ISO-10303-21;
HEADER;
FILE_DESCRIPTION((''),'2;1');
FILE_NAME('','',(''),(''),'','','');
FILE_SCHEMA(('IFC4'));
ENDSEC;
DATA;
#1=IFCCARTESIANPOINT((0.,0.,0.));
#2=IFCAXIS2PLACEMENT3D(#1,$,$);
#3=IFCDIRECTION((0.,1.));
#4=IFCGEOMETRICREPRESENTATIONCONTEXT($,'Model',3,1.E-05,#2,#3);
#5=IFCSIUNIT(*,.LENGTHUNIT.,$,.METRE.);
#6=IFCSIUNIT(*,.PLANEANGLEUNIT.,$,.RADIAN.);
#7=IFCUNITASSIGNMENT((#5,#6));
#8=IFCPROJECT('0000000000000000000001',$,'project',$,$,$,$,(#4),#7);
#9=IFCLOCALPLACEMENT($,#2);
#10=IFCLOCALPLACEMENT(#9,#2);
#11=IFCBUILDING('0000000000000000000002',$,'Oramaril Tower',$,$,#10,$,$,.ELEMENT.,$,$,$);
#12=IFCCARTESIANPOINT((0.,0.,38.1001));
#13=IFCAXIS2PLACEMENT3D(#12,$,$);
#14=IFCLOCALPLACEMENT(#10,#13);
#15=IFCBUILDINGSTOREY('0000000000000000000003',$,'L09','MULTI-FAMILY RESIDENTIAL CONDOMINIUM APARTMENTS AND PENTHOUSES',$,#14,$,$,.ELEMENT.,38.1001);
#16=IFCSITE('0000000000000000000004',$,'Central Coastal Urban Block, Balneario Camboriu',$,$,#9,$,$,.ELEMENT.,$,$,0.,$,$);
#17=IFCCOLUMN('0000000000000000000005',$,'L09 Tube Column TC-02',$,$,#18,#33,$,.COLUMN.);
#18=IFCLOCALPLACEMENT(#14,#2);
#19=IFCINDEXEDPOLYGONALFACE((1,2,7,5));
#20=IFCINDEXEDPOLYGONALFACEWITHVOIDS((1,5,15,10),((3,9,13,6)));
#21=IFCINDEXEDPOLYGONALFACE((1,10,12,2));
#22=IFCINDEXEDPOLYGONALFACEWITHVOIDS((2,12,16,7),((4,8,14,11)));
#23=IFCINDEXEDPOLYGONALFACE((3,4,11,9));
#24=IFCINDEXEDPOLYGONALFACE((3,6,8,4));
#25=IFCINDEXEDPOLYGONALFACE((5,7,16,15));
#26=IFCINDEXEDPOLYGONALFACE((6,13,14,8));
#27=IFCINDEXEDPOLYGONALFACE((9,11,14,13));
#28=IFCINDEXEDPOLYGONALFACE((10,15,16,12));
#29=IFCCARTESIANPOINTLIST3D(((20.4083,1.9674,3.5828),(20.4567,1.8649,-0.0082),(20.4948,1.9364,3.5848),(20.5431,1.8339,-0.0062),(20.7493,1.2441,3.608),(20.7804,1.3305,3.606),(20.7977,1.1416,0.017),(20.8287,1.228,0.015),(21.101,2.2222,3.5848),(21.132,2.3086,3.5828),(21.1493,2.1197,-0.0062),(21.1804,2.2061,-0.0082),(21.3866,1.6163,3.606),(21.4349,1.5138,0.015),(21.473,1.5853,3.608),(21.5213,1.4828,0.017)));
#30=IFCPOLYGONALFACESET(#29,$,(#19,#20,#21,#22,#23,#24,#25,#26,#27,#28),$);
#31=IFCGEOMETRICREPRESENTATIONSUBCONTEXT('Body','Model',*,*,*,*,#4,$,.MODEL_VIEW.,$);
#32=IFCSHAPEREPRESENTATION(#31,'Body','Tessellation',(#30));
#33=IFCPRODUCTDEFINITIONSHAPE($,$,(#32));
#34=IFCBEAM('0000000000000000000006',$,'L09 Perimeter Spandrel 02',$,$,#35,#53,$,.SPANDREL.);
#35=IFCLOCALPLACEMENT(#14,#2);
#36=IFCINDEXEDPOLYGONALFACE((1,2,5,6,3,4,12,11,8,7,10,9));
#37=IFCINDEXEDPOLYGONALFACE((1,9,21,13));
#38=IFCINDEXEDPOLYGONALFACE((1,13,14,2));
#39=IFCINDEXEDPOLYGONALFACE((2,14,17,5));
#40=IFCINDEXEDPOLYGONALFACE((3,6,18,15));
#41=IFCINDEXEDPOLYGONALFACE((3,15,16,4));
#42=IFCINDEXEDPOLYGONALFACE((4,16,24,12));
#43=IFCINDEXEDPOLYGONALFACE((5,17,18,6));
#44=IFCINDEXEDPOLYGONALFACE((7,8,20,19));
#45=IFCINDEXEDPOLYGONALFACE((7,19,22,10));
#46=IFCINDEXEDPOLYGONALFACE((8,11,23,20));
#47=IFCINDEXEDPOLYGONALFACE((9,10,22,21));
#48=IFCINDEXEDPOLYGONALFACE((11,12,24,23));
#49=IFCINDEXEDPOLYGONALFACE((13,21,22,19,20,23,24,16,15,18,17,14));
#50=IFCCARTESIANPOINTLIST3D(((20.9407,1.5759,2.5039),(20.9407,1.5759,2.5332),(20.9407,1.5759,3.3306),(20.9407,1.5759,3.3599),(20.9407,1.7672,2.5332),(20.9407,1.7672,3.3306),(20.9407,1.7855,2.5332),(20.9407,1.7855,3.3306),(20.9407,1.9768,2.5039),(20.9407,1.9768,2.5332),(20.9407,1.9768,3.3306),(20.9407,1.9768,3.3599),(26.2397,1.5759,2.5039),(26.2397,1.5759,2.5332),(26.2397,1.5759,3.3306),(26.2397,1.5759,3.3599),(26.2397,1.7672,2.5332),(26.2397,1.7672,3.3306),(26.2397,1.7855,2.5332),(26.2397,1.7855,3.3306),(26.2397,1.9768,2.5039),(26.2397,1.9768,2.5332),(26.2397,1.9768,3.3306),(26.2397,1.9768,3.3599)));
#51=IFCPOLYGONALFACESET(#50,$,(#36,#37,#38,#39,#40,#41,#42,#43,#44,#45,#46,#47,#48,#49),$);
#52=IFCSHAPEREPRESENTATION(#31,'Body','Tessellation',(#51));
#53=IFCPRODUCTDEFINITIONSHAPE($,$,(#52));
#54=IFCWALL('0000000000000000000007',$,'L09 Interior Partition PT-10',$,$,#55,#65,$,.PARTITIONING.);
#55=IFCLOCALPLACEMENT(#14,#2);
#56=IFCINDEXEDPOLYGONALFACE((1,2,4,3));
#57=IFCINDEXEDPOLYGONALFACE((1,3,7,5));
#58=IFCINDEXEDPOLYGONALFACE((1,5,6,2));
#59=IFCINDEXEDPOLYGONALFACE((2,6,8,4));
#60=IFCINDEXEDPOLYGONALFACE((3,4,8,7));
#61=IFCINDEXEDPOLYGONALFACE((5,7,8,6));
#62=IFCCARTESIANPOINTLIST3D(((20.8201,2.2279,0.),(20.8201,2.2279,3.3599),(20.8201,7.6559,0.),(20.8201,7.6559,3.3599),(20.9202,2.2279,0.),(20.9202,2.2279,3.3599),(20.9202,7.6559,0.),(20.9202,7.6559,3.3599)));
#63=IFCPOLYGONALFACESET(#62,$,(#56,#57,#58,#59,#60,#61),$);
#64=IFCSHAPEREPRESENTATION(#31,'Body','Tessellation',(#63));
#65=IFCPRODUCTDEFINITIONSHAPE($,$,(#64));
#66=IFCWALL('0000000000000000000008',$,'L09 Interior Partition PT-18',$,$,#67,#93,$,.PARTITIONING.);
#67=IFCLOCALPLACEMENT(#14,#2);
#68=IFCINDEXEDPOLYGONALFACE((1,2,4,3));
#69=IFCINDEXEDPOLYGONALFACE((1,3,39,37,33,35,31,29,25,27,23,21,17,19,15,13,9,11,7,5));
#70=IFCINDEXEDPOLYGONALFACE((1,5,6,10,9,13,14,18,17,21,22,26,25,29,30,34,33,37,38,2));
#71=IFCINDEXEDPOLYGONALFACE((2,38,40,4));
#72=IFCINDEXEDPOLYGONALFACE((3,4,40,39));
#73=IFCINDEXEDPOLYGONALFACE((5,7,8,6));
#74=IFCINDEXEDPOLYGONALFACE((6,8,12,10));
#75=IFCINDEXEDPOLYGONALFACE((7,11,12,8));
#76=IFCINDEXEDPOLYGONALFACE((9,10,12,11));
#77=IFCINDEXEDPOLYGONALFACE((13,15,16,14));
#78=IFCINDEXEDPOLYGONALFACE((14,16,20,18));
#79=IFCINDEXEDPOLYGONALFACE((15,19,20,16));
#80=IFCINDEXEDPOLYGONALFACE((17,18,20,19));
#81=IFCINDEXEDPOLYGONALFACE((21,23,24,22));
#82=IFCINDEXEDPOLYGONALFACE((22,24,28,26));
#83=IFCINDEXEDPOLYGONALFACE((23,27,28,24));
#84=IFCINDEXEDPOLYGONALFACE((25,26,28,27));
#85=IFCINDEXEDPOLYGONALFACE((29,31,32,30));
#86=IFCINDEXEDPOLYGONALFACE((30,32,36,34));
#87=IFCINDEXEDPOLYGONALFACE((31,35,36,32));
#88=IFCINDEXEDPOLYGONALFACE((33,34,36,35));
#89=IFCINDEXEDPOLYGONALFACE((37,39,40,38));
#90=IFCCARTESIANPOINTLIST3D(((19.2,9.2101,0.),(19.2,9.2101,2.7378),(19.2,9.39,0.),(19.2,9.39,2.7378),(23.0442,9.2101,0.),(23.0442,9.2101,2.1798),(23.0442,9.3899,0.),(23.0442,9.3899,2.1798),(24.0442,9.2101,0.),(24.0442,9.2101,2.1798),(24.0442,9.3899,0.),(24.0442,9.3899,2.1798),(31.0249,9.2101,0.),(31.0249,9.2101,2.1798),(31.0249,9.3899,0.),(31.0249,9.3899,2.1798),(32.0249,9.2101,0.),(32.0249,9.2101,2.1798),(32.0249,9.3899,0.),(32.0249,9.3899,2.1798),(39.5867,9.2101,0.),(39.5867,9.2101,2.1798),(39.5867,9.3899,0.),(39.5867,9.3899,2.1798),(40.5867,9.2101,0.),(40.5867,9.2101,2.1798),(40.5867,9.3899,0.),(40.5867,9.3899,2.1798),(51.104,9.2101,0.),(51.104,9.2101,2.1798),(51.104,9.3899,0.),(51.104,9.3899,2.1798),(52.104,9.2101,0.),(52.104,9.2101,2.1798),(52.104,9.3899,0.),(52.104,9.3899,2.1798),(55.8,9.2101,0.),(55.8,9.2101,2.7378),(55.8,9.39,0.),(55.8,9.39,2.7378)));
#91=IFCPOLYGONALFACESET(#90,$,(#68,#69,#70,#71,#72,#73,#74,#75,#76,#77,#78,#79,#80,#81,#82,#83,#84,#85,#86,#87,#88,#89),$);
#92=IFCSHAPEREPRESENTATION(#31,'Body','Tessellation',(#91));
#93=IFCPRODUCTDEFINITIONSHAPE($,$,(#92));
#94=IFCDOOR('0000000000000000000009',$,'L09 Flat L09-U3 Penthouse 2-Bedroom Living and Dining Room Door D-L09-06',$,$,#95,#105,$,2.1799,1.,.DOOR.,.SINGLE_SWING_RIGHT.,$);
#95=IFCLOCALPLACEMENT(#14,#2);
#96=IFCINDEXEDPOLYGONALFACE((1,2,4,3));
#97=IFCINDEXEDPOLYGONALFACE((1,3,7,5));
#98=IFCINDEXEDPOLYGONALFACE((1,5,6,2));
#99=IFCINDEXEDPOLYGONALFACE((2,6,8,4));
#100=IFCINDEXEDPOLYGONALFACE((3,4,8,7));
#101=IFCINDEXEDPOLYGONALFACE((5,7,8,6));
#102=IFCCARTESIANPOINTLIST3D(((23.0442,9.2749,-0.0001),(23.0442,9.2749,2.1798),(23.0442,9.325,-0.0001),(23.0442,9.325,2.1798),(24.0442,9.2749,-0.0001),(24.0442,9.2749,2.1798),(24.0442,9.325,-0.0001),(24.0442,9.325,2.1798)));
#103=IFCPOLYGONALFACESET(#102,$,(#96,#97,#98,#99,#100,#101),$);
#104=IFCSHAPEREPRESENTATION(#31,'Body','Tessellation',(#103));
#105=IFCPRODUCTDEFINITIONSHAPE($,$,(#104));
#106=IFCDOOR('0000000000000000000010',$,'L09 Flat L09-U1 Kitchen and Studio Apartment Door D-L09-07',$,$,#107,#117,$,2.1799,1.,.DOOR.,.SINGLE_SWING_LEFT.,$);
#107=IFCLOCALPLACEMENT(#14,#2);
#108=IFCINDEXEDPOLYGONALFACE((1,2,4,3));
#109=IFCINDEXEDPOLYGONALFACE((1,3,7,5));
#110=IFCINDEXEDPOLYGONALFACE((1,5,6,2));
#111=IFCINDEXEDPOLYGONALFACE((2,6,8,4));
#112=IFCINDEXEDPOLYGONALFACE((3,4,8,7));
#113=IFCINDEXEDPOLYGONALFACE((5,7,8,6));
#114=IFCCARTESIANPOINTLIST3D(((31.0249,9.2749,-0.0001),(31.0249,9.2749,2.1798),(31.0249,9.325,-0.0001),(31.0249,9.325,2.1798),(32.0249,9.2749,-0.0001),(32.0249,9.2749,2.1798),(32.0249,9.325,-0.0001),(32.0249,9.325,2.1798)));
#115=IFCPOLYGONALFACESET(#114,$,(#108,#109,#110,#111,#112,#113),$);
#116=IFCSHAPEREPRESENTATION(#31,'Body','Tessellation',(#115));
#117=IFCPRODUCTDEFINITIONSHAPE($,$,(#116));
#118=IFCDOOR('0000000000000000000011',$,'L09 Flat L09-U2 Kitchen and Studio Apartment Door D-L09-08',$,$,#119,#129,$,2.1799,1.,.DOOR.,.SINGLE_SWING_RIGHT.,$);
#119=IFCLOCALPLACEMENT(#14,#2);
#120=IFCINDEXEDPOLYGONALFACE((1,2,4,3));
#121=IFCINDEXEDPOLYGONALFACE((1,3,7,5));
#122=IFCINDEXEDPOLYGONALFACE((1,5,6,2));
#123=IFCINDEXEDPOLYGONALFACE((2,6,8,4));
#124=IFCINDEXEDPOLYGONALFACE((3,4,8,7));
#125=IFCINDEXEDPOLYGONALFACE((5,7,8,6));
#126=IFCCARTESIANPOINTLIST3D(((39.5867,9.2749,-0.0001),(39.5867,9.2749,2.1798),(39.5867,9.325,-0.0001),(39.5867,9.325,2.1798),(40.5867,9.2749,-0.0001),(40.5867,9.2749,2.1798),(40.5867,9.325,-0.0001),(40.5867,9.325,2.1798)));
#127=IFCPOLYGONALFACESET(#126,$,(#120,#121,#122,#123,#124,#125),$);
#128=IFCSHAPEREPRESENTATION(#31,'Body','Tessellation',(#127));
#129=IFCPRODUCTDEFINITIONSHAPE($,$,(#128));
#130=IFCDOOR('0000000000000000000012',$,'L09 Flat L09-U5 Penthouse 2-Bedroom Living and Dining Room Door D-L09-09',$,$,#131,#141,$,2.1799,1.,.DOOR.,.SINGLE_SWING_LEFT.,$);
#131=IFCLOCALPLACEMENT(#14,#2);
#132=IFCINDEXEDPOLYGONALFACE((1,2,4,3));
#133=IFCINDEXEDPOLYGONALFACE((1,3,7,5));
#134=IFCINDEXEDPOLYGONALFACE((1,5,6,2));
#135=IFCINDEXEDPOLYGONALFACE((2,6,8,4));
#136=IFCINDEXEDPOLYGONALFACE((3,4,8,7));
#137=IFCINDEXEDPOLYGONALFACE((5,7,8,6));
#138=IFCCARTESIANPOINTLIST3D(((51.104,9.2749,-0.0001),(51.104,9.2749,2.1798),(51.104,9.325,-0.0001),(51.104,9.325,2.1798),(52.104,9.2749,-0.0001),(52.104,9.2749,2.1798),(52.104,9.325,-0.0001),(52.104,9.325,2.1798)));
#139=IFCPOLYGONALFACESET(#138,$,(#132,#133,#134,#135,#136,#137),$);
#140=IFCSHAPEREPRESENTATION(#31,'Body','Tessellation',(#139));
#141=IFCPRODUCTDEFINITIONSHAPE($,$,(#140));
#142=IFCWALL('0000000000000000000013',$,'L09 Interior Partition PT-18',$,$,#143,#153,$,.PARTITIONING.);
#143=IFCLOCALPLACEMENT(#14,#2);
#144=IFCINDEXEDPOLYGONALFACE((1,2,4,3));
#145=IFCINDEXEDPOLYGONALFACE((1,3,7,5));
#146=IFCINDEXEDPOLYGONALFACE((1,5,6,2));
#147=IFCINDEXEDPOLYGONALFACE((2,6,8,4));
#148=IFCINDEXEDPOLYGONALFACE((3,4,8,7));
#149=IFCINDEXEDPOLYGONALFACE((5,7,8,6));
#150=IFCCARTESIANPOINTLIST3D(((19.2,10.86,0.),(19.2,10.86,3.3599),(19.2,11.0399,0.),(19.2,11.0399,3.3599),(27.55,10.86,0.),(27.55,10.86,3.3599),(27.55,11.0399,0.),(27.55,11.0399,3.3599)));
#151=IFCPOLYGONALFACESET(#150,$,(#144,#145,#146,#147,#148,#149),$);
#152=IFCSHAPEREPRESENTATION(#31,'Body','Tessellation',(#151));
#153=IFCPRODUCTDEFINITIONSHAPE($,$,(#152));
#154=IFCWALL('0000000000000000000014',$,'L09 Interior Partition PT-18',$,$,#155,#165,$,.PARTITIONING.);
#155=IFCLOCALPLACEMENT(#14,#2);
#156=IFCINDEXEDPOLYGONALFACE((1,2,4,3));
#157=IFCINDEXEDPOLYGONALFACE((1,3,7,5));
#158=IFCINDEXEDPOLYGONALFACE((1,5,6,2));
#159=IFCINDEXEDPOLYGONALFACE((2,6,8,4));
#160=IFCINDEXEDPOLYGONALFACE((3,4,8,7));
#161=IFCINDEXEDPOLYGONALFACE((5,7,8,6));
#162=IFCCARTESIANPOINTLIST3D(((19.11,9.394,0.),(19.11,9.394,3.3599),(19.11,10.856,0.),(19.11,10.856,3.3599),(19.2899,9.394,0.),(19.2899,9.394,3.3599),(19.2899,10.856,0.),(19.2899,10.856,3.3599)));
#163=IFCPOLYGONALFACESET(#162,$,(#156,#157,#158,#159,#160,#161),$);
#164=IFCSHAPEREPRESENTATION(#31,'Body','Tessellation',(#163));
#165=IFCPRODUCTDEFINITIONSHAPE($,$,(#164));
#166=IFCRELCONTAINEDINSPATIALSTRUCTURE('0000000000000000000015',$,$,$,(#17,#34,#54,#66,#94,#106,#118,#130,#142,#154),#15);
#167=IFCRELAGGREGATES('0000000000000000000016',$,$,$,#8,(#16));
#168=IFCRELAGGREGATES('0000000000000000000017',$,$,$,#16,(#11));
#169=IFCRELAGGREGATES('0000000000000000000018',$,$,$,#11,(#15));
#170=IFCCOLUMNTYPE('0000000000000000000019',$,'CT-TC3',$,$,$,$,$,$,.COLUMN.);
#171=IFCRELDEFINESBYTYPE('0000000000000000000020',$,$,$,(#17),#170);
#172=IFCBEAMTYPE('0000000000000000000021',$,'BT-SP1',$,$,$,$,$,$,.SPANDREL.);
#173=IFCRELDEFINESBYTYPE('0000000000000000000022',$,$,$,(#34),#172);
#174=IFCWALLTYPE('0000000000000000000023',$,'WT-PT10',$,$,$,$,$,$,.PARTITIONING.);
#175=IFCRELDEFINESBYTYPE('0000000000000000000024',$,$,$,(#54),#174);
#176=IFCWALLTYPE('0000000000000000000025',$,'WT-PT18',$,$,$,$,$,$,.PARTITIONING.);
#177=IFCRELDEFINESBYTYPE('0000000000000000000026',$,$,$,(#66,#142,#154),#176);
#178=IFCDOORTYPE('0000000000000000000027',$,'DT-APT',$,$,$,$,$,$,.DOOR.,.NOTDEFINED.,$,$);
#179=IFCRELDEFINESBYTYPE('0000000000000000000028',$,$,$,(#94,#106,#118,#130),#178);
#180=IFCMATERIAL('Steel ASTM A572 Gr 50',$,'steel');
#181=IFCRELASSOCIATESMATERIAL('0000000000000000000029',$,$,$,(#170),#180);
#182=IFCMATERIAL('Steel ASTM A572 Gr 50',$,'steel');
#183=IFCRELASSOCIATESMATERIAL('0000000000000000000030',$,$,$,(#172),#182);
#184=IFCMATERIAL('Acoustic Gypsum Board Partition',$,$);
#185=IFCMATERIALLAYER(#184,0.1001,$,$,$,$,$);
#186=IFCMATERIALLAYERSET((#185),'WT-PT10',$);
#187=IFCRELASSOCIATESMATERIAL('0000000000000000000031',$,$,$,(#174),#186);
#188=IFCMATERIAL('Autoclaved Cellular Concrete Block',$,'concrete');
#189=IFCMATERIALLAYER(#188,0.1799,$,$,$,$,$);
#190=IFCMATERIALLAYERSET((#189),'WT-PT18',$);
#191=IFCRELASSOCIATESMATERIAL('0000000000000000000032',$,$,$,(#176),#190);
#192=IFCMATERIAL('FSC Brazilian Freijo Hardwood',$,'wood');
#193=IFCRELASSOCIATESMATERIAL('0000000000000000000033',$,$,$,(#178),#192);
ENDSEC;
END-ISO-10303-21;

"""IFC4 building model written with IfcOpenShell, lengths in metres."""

from ifc_helpers import new_model, si_unit, direction, frame, frame_2d, origin, origin_2d, place, context, subcontext, project, spatial, rectangle, hollow_rectangle, i_section, extrude, material, layer, layer_set, material_profile, profile_set, type_object, element, fill, save


model = new_model("IFC4")

# Units and contexts
model_context = context("Model", 3, precision=1e-05, world=origin(), true_north=direction((0.0, 1.0)))
body_context = subcontext(model_context, "Body", "Model", "MODEL_VIEW")
ifc_project = project(units=[si_unit("LENGTHUNIT", "METRE"), si_unit("PLANEANGLEUNIT", "RADIAN")], contexts=[model_context])

# Site, building, storey
site_placement = place(None, origin())
site = spatial("IfcSite", under=ifc_project, at=site_placement, Name="Central Coastal Urban Block, Balneario Camboriu", CompositionType="ELEMENT", RefElevation=0.0)
building_placement = place(site_placement, origin())
building = spatial("IfcBuilding", under=site, at=building_placement, Name="Oramaril Tower", CompositionType="ELEMENT")
storey_placement = place(building_placement, frame((0.0, 0.0, 38.1001)))
storey = spatial("IfcBuildingStorey", under=building, at=storey_placement, Name="L09", Description="MULTI-FAMILY RESIDENTIAL CONDOMINIUM APARTMENTS AND PENTHOUSES", CompositionType="ELEMENT", Elevation=38.1001)

# Column
ifc_material_1 = material(Name="Steel ASTM A572 Gr 50", Category="steel")
ifc_material_profile_1 = material_profile(ifc_material_1, hollow_rectangle(XDim=0.8, YDim=0.8, WallThickness=0.0649, at=origin_2d()), Name="BOX800X800X65")
ifc_profile_set_1 = profile_set([ifc_material_profile_1], Name="Steel ASTM A572 Gr 50")
column_type = type_object("IfcColumnType", Name="CT-TC3", PredefinedType="COLUMN", material=ifc_profile_set_1)
column_placement = place(storey_placement, frame((20.989, 1.6738, 0.0044), z_axis=(-0.013454, 0.02854, 0.999502), x_axis=(-0.904526, -0.426419, 0.0)))
element("IfcColumn", 1, at=column_placement, inside=storey, type_object=column_type, Name="L09 Tube Column TC-02", PredefinedType="COLUMN", context=body_context, shape_type="SweptSolid", body=[
    extrude(hollow_rectangle(XDim=0.8, YDim=0.8, WallThickness=0.0649, at=origin_2d()), origin(), (0.0, 0.0, 1.0), 3.5928),
])

# Beam
ifc_material_2 = material(Name="Steel ASTM A572 Gr 50", Category="steel")
ifc_material_profile_2 = material_profile(ifc_material_2, i_section(OverallWidth=0.4009, OverallDepth=0.856, WebThickness=0.0183, FlangeThickness=0.0293, at=origin_2d()), Name="W33X201")
ifc_profile_set_2 = profile_set([ifc_material_profile_2], Name="Steel ASTM A572 Gr 50")
beam_type = type_object("IfcBeamType", Name="BT-SP1", PredefinedType="SPANDREL", material=ifc_profile_set_2)
beam_placement = place(storey_placement, frame((20.9407, 1.7764, 2.9319), z_axis=(1.0, 0.0, 0.0), x_axis=(0.0, 1.0, 0.0)))
element("IfcBeam", 2, at=beam_placement, inside=storey, type_object=beam_type, Name="L09 Perimeter Spandrel 02", PredefinedType="SPANDREL", context=body_context, shape_type="SweptSolid", body=[
    extrude(i_section(OverallWidth=0.4009, OverallDepth=0.856, WebThickness=0.0183, FlangeThickness=0.0293, at=origin_2d()), origin(), (0.0, 0.0, 1.0), 5.2991),
])

# Wall
ifc_material_3 = material(Name="Acoustic Gypsum Board Partition")
ifc_layer_1 = layer(ifc_material_3, 0.1001)
ifc_layer_set_1 = layer_set([ifc_layer_1], Name="WT-PT10")
wall_type_1 = type_object("IfcWallType", Name="WT-PT10", PredefinedType="PARTITIONING", material=ifc_layer_set_1)
wall_1_placement = place(storey_placement, frame((20.8701, 2.228, 0.0), z_axis=(0.0, 0.0, 1.0), x_axis=(0.0, 1.0, 0.0)))
element("IfcWall", 3, at=wall_1_placement, inside=storey, type_object=wall_type_1, Name="L09 Interior Partition PT-10", PredefinedType="PARTITIONING", context=body_context, shape_type="SweptSolid", body=[
    extrude(rectangle(XDim=5.428, YDim=0.1001, at=frame_2d((2.7139, 0.0))), origin(), (0.0, 0.0, 1.0), 3.3599),
])

# Wall, openings, doors
ifc_material_4 = material(Name="Autoclaved Cellular Concrete Block", Category="concrete")
ifc_layer_2 = layer(ifc_material_4, 0.1799)
ifc_layer_set_2 = layer_set([ifc_layer_2], Name="WT-PT18")
wall_type_2 = type_object("IfcWallType", Name="WT-PT18", PredefinedType="PARTITIONING", material=ifc_layer_set_2)
wall_2_placement = place(storey_placement, frame((19.2, 9.3, 0.0), z_axis=(0.0, 0.0, 1.0), x_axis=(1.0, 0.0, 0.0)))
wall_2 = element("IfcWall", 4, at=wall_2_placement, inside=storey, type_object=wall_type_2, Name="L09 Interior Partition PT-18", PredefinedType="PARTITIONING", context=body_context, shape_type="SweptSolid", body=[
    extrude(rectangle(XDim=36.6001, YDim=0.1799, at=frame_2d((18.3, 0.0))), origin(), (0.0, 0.0, 1.0), 2.7378),
])
opening_1_placement = place(wall_2_placement, frame((3.8442, 0.0, 0.0)))
opening_1 = element("IfcOpeningElement", 5, at=opening_1_placement, cuts=wall_2, PredefinedType="OPENING", context=body_context, shape_type="SweptSolid", body=[
    extrude(rectangle(XDim=1.0, YDim=2.1799, at=frame_2d((0.5, 1.0898))), frame((0.0, 0.0898, 0.0), z_axis=(0.0, -1.0, 0.0), x_axis=(1.0, 0.0, 0.0)), (0.0, 0.0, 1.0), 0.1799),
])
opening_2_placement = place(wall_2_placement, frame((11.825, 0.0, 0.0)))
opening_2 = element("IfcOpeningElement", 6, at=opening_2_placement, cuts=wall_2, PredefinedType="OPENING", context=body_context, shape_type="SweptSolid", body=[
    extrude(rectangle(XDim=1.0, YDim=2.1799, at=frame_2d((0.5, 1.0898))), frame((0.0, 0.0898, 0.0), z_axis=(0.0, -1.0, 0.0), x_axis=(1.0, 0.0, 0.0)), (0.0, 0.0, 1.0), 0.1799),
])
opening_3_placement = place(wall_2_placement, frame((20.3867, 0.0, 0.0)))
opening_3 = element("IfcOpeningElement", 7, at=opening_3_placement, cuts=wall_2, PredefinedType="OPENING", context=body_context, shape_type="SweptSolid", body=[
    extrude(rectangle(XDim=1.0, YDim=2.1799, at=frame_2d((0.5, 1.0898))), frame((0.0, 0.0898, 0.0), z_axis=(0.0, -1.0, 0.0), x_axis=(1.0, 0.0, 0.0)), (0.0, 0.0, 1.0), 0.1799),
])
opening_4_placement = place(wall_2_placement, frame((31.9041, 0.0, 0.0)))
opening_4 = element("IfcOpeningElement", 8, at=opening_4_placement, cuts=wall_2, PredefinedType="OPENING", context=body_context, shape_type="SweptSolid", body=[
    extrude(rectangle(XDim=1.0, YDim=2.1799, at=frame_2d((0.5, 1.0898))), frame((0.0, 0.0898, 0.0), z_axis=(0.0, -1.0, 0.0), x_axis=(1.0, 0.0, 0.0)), (0.0, 0.0, 1.0), 0.1799),
])
ifc_material_5 = material(Name="FSC Brazilian Freijo Hardwood", Category="wood")
door_type_1 = type_object("IfcDoorType", Name="DT-APT", OperationType="NOTDEFINED", PredefinedType="DOOR", material=ifc_material_5)
door_1_placement = place(opening_1_placement, origin())
door_1 = element("IfcDoor", 9, at=door_1_placement, inside=storey, type_object=door_type_1, Name="L09 Flat L09-U3 Penthouse 2-Bedroom Living and Dining Room Door D-L09-06", OperationType="SINGLE_SWING_RIGHT", OverallHeight=2.1799, OverallWidth=1.0, PredefinedType="DOOR", context=body_context, shape_type="SweptSolid", body=[
    extrude(rectangle(XDim=1.0, YDim=2.1799, at=frame_2d((0.5, 1.0898))), frame((0.0, 0.0249, 0.0), z_axis=(0.0, -1.0, 0.0), x_axis=(1.0, 0.0, 0.0)), (0.0, 0.0, 1.0), 0.05),
])
fill(opening_1, door_1)
door_2_placement = place(opening_2_placement, origin())
door_2 = element("IfcDoor", 10, at=door_2_placement, inside=storey, type_object=door_type_1, Name="L09 Flat L09-U1 Kitchen and Studio Apartment Door D-L09-07", OperationType="SINGLE_SWING_LEFT", OverallHeight=2.1799, OverallWidth=1.0, PredefinedType="DOOR", context=body_context, shape_type="SweptSolid", body=[
    extrude(rectangle(XDim=1.0, YDim=2.1799, at=frame_2d((0.5, 1.0898))), frame((0.0, 0.0249, 0.0), z_axis=(0.0, -1.0, 0.0), x_axis=(1.0, 0.0, 0.0)), (0.0, 0.0, 1.0), 0.05),
])
fill(opening_2, door_2)
door_3_placement = place(opening_3_placement, origin())
door_3 = element("IfcDoor", 11, at=door_3_placement, inside=storey, type_object=door_type_1, Name="L09 Flat L09-U2 Kitchen and Studio Apartment Door D-L09-08", OperationType="SINGLE_SWING_RIGHT", OverallHeight=2.1799, OverallWidth=1.0, PredefinedType="DOOR", context=body_context, shape_type="SweptSolid", body=[
    extrude(rectangle(XDim=1.0, YDim=2.1799, at=frame_2d((0.5, 1.0898))), frame((0.0, 0.0249, 0.0), z_axis=(0.0, -1.0, 0.0), x_axis=(1.0, 0.0, 0.0)), (0.0, 0.0, 1.0), 0.05),
])
fill(opening_3, door_3)
door_4_placement = place(opening_4_placement, origin())
door_4 = element("IfcDoor", 12, at=door_4_placement, inside=storey, type_object=door_type_1, Name="L09 Flat L09-U5 Penthouse 2-Bedroom Living and Dining Room Door D-L09-09", OperationType="SINGLE_SWING_LEFT", OverallHeight=2.1799, OverallWidth=1.0, PredefinedType="DOOR", context=body_context, shape_type="SweptSolid", body=[
    extrude(rectangle(XDim=1.0, YDim=2.1799, at=frame_2d((0.5, 1.0898))), frame((0.0, 0.0249, 0.0), z_axis=(0.0, -1.0, 0.0), x_axis=(1.0, 0.0, 0.0)), (0.0, 0.0, 1.0), 0.05),
])
fill(opening_4, door_4)

# Walls
wall_3_placement = place(storey_placement, frame((19.2, 10.95, 0.0), z_axis=(0.0, 0.0, 1.0), x_axis=(1.0, 0.0, 0.0)))
element("IfcWall", 13, at=wall_3_placement, inside=storey, type_object=wall_type_2, Name="L09 Interior Partition PT-18", PredefinedType="PARTITIONING", context=body_context, shape_type="SweptSolid", body=[
    extrude(rectangle(XDim=8.3501, YDim=0.1799, at=frame_2d((4.175, 0.0))), origin(), (0.0, 0.0, 1.0), 3.3599),
])
wall_4_placement = place(storey_placement, frame((19.2, 9.394, 0.0), z_axis=(0.0, 0.0, 1.0), x_axis=(0.0, 1.0, 0.0)))
element("IfcWall", 14, at=wall_4_placement, inside=storey, type_object=wall_type_2, Name="L09 Interior Partition PT-18", PredefinedType="PARTITIONING", context=body_context, shape_type="SweptSolid", body=[
    extrude(rectangle(XDim=1.4619, YDim=0.1799, at=frame_2d((0.731, 0.0))), origin(), (0.0, 0.0, 1.0), 3.3599),
])

save(model, "model.ifc")
